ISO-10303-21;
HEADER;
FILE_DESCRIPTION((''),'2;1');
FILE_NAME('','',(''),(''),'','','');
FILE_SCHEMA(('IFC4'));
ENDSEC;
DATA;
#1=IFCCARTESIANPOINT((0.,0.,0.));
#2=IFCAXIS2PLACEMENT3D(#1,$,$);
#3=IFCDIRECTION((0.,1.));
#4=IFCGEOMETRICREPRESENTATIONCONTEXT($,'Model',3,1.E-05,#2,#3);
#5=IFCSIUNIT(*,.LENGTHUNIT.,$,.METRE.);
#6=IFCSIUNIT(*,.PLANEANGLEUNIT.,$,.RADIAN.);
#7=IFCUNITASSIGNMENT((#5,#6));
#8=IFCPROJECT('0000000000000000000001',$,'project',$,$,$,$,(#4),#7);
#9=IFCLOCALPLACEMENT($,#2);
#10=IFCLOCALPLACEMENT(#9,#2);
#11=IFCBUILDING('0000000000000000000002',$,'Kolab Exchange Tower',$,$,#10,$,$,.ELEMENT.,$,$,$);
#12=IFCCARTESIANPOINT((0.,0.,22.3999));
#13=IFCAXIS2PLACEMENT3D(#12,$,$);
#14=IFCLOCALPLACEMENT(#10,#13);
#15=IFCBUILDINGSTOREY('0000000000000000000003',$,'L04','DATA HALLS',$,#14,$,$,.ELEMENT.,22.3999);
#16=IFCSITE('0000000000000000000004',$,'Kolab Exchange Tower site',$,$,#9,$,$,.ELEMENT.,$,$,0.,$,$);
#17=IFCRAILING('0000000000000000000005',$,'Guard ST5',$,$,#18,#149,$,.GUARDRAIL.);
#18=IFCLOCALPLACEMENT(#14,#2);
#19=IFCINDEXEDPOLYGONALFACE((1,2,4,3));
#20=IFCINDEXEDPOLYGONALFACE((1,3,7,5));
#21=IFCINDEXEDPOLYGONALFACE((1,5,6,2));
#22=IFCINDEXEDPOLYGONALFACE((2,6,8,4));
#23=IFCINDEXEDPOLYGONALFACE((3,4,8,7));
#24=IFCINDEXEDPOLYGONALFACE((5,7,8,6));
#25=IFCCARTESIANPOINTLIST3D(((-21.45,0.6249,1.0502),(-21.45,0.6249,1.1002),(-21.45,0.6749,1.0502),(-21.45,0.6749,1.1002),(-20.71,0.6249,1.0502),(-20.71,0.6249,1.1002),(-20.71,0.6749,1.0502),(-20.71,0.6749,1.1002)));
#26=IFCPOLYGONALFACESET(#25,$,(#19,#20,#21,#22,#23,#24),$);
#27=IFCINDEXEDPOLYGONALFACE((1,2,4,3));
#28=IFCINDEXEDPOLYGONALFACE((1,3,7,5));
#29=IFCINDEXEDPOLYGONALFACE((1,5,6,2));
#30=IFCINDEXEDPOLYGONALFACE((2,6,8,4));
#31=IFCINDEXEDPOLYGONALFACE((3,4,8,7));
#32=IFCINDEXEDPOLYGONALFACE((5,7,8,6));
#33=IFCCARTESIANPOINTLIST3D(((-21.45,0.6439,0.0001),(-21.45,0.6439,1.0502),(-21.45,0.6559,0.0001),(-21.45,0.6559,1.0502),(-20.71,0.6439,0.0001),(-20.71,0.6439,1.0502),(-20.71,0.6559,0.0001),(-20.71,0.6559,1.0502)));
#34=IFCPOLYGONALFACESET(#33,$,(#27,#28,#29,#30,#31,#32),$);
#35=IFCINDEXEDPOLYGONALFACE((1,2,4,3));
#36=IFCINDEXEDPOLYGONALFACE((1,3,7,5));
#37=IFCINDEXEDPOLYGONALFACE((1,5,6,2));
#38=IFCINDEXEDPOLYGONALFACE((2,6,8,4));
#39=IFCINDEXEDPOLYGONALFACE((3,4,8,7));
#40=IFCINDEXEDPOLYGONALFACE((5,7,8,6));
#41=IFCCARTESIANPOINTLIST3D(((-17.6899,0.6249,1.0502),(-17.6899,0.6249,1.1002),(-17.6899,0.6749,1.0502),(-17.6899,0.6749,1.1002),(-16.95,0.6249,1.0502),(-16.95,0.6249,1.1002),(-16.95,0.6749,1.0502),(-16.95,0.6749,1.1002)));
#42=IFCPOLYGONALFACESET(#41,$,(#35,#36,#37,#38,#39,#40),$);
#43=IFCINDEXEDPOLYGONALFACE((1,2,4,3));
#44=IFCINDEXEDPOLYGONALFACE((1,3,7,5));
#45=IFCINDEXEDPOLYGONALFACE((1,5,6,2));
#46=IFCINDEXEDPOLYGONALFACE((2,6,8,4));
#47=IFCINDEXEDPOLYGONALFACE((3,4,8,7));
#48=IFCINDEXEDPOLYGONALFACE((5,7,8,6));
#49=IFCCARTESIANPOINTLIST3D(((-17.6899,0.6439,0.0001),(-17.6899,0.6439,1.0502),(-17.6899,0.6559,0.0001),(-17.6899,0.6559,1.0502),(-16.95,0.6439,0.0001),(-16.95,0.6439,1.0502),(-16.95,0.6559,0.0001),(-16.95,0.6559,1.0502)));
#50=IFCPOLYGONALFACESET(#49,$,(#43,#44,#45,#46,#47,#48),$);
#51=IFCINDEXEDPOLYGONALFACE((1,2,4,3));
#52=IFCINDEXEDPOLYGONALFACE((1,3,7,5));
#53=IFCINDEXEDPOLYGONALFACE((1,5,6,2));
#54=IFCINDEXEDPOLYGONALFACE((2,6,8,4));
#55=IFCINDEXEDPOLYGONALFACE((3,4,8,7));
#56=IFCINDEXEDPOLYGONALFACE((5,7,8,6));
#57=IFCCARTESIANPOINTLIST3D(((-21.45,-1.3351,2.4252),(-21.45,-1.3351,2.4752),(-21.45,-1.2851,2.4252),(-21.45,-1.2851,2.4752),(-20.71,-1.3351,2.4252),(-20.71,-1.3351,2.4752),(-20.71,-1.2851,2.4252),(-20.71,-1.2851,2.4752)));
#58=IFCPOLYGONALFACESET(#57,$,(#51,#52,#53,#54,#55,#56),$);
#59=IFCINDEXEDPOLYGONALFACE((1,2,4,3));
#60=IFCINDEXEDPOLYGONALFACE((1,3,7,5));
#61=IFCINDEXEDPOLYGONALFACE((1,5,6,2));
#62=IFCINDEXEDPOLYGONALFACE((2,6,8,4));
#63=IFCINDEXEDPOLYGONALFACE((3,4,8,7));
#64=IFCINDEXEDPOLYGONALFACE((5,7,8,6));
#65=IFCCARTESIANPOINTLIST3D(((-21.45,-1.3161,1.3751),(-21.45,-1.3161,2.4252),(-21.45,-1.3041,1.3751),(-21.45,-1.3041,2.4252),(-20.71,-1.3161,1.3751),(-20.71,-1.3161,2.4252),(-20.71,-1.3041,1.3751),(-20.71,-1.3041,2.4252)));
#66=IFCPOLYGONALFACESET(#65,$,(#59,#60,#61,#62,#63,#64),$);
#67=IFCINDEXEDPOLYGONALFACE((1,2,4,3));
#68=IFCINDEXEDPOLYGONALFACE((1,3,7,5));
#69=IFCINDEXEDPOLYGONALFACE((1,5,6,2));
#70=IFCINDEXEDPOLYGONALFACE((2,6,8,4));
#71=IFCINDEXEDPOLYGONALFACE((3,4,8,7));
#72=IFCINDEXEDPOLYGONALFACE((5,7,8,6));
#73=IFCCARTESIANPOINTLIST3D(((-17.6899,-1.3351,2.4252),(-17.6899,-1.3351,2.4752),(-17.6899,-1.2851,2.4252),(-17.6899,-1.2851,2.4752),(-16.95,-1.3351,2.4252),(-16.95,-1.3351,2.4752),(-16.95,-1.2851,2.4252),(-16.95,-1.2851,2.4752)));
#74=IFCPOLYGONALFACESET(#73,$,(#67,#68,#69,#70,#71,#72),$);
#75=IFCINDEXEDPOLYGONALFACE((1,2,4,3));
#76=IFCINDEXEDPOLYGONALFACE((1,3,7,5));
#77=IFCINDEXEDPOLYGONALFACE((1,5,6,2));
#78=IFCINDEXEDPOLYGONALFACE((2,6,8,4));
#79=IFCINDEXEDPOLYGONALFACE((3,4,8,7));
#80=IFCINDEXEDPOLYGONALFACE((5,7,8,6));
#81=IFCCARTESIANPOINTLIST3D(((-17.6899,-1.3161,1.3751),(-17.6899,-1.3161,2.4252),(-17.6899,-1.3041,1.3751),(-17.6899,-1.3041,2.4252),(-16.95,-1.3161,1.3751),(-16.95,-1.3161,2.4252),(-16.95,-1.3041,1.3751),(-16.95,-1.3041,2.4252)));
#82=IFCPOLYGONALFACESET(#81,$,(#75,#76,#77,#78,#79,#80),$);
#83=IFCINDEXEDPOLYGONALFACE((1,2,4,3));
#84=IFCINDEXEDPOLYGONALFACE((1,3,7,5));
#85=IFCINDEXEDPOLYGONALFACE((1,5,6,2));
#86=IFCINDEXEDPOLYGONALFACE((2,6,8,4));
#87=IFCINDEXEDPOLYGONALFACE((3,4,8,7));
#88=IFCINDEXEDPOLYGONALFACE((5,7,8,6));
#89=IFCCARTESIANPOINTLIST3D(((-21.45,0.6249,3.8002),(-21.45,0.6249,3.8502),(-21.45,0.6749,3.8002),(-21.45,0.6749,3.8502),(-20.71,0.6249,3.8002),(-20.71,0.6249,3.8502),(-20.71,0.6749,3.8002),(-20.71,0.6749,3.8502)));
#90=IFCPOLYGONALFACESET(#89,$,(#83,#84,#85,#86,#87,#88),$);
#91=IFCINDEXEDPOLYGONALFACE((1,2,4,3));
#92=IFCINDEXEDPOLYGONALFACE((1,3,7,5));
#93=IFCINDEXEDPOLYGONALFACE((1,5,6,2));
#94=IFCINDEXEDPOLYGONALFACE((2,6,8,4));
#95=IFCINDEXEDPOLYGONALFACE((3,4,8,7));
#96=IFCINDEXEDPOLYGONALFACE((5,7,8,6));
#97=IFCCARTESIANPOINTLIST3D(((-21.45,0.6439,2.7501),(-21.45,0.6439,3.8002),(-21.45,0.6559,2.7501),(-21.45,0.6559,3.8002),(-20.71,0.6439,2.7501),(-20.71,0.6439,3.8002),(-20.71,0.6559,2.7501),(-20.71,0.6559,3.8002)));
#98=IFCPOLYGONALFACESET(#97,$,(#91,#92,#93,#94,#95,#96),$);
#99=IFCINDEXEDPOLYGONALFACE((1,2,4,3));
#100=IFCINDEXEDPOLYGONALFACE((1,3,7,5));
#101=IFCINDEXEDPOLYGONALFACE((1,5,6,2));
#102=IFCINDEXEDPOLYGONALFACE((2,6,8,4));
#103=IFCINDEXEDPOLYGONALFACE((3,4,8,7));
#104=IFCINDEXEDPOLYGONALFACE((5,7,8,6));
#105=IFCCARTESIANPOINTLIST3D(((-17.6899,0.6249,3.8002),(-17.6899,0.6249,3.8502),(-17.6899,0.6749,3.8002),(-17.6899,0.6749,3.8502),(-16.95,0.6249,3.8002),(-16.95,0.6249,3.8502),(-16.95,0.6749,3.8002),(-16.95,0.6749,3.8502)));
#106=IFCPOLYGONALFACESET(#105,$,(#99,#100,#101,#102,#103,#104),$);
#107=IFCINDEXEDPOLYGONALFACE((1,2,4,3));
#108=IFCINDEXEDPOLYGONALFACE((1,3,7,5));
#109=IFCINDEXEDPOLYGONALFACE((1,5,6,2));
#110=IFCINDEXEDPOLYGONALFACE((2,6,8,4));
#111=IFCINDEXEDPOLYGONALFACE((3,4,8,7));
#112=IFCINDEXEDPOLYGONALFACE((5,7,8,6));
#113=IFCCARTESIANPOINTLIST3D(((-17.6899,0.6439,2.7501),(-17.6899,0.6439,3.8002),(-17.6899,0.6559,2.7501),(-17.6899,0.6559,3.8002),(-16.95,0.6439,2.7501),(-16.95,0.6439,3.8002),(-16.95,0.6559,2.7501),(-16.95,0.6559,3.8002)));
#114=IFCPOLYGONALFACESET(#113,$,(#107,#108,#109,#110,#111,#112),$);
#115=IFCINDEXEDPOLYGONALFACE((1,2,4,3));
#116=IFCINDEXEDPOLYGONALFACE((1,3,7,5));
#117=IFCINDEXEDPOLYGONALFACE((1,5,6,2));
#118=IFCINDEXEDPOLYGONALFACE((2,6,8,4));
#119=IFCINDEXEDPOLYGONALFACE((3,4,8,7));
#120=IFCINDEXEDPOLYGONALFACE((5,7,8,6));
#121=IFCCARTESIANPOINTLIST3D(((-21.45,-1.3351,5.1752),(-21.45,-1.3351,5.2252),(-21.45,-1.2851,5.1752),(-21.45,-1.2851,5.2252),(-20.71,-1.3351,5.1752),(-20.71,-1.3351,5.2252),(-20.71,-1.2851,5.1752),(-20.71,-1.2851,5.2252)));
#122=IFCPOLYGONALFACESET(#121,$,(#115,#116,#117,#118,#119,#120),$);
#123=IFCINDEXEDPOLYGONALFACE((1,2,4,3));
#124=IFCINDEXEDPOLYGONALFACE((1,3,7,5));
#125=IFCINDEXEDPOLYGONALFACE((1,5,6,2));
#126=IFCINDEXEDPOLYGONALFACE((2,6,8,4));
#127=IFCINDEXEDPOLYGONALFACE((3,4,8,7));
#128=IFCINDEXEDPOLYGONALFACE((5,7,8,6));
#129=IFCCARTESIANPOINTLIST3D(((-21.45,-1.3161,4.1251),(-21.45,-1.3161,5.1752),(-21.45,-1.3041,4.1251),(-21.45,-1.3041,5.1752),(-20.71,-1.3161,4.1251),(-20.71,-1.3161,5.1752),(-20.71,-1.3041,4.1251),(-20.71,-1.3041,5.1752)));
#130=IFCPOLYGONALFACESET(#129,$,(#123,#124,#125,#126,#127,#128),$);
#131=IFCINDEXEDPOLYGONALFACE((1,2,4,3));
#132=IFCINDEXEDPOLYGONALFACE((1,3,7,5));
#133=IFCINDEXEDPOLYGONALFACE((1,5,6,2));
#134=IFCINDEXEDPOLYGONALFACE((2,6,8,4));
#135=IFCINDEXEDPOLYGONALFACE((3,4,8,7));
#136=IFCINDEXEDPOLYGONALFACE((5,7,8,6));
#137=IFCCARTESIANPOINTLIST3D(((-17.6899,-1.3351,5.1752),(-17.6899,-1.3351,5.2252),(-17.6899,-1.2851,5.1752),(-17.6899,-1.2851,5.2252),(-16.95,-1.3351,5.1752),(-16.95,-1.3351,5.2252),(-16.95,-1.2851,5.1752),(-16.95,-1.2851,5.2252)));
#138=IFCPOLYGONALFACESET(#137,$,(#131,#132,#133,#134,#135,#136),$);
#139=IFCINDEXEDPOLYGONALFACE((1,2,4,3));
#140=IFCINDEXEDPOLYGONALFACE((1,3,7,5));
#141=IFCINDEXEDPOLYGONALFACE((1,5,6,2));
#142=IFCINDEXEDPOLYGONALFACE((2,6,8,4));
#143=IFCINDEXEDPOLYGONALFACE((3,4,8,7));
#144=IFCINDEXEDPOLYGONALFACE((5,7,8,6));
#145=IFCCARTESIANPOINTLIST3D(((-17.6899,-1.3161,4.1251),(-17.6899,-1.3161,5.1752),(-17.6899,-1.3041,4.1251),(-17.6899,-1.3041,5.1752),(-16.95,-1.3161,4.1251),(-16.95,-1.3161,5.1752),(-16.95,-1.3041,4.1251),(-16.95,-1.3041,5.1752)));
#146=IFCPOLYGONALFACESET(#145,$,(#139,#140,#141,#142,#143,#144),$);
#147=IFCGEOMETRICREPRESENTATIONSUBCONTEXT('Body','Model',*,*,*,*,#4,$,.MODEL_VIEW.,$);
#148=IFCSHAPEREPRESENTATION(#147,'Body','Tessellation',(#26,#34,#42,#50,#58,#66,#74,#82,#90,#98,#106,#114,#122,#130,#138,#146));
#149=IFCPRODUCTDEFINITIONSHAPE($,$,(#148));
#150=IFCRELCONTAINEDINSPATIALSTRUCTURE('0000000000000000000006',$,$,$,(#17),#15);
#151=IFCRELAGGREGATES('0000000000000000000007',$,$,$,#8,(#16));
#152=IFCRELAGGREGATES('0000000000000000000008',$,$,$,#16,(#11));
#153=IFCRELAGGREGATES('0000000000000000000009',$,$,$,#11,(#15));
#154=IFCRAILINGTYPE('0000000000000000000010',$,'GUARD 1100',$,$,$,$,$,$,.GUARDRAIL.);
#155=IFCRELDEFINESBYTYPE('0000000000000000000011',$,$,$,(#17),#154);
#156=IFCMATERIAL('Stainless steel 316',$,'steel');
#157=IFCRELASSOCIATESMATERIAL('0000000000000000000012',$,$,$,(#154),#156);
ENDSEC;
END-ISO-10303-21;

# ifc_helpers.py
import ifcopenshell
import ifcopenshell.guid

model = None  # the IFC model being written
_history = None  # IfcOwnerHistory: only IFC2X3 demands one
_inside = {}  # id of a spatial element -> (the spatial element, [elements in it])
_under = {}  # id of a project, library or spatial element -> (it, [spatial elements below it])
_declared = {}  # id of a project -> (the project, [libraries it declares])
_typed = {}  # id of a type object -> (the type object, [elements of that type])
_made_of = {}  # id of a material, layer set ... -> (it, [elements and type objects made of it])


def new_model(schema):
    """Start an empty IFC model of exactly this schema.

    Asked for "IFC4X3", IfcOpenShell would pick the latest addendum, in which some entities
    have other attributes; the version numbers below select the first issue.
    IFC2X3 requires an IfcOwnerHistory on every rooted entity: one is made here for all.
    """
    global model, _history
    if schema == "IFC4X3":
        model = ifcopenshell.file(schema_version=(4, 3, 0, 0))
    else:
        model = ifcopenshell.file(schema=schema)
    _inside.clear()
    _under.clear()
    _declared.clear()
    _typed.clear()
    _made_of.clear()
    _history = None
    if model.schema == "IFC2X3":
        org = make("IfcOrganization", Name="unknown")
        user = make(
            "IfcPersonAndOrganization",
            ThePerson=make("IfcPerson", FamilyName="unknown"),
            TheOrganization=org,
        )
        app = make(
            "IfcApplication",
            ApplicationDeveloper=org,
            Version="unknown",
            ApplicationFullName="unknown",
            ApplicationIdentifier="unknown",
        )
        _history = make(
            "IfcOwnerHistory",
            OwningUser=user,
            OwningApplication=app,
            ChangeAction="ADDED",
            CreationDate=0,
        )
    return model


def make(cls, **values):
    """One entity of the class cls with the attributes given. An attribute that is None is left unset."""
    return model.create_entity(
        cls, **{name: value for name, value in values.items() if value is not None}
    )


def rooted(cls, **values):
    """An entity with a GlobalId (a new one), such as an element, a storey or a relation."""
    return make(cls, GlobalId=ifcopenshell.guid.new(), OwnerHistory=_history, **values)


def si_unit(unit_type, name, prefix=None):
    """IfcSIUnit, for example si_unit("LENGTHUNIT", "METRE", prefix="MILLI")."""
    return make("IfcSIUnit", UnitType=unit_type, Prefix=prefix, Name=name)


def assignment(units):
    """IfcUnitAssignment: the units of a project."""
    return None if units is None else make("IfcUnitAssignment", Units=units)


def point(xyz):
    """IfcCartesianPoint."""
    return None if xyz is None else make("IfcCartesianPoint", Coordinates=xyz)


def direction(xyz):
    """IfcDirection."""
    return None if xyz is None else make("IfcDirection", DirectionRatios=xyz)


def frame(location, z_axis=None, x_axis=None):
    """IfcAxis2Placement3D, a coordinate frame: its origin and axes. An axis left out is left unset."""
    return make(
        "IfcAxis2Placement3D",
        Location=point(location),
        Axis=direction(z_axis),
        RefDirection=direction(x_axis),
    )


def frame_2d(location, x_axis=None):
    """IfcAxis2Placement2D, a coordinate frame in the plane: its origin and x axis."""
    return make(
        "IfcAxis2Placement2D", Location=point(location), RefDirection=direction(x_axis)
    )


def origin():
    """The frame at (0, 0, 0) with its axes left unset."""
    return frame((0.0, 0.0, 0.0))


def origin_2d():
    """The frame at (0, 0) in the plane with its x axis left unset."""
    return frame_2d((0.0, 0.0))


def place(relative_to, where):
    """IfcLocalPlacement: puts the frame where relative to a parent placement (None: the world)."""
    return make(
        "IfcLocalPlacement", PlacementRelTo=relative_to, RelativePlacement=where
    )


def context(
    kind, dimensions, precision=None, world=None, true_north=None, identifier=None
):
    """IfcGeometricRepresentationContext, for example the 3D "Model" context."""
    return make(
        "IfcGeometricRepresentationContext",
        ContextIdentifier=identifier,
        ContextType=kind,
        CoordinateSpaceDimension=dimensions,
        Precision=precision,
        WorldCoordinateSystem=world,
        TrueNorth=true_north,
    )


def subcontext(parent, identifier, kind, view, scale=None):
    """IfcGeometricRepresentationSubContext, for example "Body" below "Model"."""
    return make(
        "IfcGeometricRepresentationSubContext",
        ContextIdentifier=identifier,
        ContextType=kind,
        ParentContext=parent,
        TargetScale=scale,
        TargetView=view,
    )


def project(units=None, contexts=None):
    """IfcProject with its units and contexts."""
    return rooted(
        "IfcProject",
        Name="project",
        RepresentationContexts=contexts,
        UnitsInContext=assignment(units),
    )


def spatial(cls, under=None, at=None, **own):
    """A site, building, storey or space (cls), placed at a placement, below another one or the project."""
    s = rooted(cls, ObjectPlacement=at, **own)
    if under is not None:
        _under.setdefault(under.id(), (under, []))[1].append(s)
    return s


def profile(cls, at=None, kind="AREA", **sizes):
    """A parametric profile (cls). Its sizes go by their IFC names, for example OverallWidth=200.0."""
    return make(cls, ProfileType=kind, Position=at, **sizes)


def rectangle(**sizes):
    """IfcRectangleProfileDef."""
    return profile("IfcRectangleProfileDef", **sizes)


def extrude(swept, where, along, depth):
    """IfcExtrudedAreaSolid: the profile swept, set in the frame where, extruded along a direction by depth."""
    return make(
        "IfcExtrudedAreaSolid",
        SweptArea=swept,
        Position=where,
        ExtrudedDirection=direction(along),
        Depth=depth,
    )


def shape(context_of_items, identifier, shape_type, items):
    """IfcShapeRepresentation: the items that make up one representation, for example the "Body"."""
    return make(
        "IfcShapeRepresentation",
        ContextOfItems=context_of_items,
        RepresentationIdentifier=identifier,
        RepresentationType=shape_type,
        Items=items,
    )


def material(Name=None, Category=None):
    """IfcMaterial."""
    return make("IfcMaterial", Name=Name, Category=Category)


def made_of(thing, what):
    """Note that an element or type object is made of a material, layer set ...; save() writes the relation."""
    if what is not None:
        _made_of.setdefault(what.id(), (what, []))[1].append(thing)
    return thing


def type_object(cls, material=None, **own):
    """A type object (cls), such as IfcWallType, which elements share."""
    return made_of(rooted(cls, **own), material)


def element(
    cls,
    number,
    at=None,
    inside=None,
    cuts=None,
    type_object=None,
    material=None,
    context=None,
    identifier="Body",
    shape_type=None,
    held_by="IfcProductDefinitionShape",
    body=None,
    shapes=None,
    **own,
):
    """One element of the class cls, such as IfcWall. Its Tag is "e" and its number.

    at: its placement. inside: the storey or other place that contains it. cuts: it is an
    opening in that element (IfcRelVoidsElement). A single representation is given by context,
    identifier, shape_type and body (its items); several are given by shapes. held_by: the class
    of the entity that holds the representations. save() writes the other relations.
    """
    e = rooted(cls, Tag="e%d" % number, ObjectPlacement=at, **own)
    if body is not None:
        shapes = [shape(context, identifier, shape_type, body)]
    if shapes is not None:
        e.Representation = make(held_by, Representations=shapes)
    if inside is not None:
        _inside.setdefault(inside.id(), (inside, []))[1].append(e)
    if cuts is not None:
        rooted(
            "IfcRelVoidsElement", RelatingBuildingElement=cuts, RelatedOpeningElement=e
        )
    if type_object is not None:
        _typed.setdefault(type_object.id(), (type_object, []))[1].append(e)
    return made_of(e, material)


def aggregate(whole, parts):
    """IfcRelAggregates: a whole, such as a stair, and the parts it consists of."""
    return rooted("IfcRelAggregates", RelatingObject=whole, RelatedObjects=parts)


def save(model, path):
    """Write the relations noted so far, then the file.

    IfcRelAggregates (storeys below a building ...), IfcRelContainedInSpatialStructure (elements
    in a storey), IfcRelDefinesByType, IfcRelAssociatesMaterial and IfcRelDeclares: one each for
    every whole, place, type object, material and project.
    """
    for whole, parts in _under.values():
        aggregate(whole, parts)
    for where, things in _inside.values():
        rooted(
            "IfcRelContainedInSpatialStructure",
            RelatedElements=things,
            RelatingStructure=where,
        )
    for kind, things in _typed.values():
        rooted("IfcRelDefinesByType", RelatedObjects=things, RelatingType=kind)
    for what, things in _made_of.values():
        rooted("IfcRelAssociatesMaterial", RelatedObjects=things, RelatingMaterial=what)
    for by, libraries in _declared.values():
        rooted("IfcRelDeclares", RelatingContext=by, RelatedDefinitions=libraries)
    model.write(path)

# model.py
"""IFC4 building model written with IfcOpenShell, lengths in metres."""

from ifc_helpers import new_model, si_unit, direction, frame, frame_2d, origin, origin_2d, place, context, subcontext, project, spatial, rectangle, extrude, material, type_object, element, save


model = new_model("IFC4")

# Units and contexts
model_context = context("Model", 3, precision=1e-05, world=origin(), true_north=direction((0.0, 1.0)))
body_context = subcontext(model_context, "Body", "Model", "MODEL_VIEW")
ifc_project = project(units=[si_unit("LENGTHUNIT", "METRE"), si_unit("PLANEANGLEUNIT", "RADIAN")], contexts=[model_context])

# Site, building, storey
site_placement = place(None, origin())
site = spatial("IfcSite", under=ifc_project, at=site_placement, Name="Kolab Exchange Tower site", CompositionType="ELEMENT", RefElevation=0.0)
building_placement = place(site_placement, origin())
building = spatial("IfcBuilding", under=site, at=building_placement, Name="Kolab Exchange Tower", CompositionType="ELEMENT")
storey_placement = place(building_placement, frame((0.0, 0.0, 22.3999)))
storey = spatial("IfcBuildingStorey", under=building, at=storey_placement, Name="L04", Description="DATA HALLS", CompositionType="ELEMENT", Elevation=22.3999)

# Railing
ifc_material_1 = material(Name="Stainless steel 316", Category="steel")
railing_type = type_object("IfcRailingType", Name="GUARD 1100", PredefinedType="GUARDRAIL", material=ifc_material_1)
railing_placement = place(storey_placement, frame((-21.45, 0.6499, 0.0)))
element("IfcRailing", 1, at=railing_placement, inside=storey, type_object=railing_type, Name="Guard ST5", PredefinedType="GUARDRAIL", context=body_context, shape_type="SweptSolid", body=[
    extrude(rectangle(XDim=0.05, YDim=0.05, at=origin_2d()), frame((0.0, 0.0, 1.0752), z_axis=(1.0, 0.0, 0.0), x_axis=(0.0, 1.0, 0.0)), (0.0, 0.0, 1.0), 0.74),
    extrude(rectangle(XDim=0.012, YDim=1.0501, at=frame_2d((0.0, 0.5251))), frame((0.0, 0.0, 0.0), z_axis=(1.0, 0.0, 0.0), x_axis=(0.0, 1.0, 0.0)), (0.0, 0.0, 1.0), 0.74),
    extrude(rectangle(XDim=0.05, YDim=0.05, at=origin_2d()), frame((3.76, 0.0, 1.0752), z_axis=(1.0, 0.0, 0.0), x_axis=(0.0, 1.0, 0.0)), (0.0, 0.0, 1.0), 0.74),
    extrude(rectangle(XDim=0.012, YDim=1.0501, at=frame_2d((0.0, 0.5251))), frame((3.76, 0.0, 0.0), z_axis=(1.0, 0.0, 0.0), x_axis=(0.0, 1.0, 0.0)), (0.0, 0.0, 1.0), 0.74),
    extrude(rectangle(XDim=0.05, YDim=0.05, at=origin_2d()), frame((0.0, -1.96, 2.4502), z_axis=(1.0, 0.0, 0.0), x_axis=(0.0, 1.0, 0.0)), (0.0, 0.0, 1.0), 0.74),
    extrude(rectangle(XDim=0.012, YDim=1.0501, at=frame_2d((0.0, 0.5251))), frame((0.0, -1.96, 1.375), z_axis=(1.0, 0.0, 0.0), x_axis=(0.0, 1.0, 0.0)), (0.0, 0.0, 1.0), 0.74),
    extrude(rectangle(XDim=0.05, YDim=0.05, at=origin_2d()), frame((3.76, -1.96, 2.4502), z_axis=(1.0, 0.0, 0.0), x_axis=(0.0, 1.0, 0.0)), (0.0, 0.0, 1.0), 0.74),
    extrude(rectangle(XDim=0.012, YDim=1.0501, at=frame_2d((0.0, 0.5251))), frame((3.76, -1.96, 1.375), z_axis=(1.0, 0.0, 0.0), x_axis=(0.0, 1.0, 0.0)), (0.0, 0.0, 1.0), 0.74),
    extrude(rectangle(XDim=0.05, YDim=0.05, at=origin_2d()), frame((0.0, 0.0, 3.8252), z_axis=(1.0, 0.0, 0.0), x_axis=(0.0, 1.0, 0.0)), (0.0, 0.0, 1.0), 0.74),
    extrude(rectangle(XDim=0.012, YDim=1.0501, at=frame_2d((0.0, 0.5251))), frame((0.0, 0.0, 2.75), z_axis=(1.0, 0.0, 0.0), x_axis=(0.0, 1.0, 0.0)), (0.0, 0.0, 1.0), 0.74),
    extrude(rectangle(XDim=0.05, YDim=0.05, at=origin_2d()), frame((3.76, 0.0, 3.8252), z_axis=(1.0, 0.0, 0.0), x_axis=(0.0, 1.0, 0.0)), (0.0, 0.0, 1.0), 0.74),
    extrude(rectangle(XDim=0.012, YDim=1.0501, at=frame_2d((0.0, 0.5251))), frame((3.76, 0.0, 2.75), z_axis=(1.0, 0.0, 0.0), x_axis=(0.0, 1.0, 0.0)), (0.0, 0.0, 1.0), 0.74),
    extrude(rectangle(XDim=0.05, YDim=0.05, at=origin_2d()), frame((0.0, -1.96, 5.2002), z_axis=(1.0, 0.0, 0.0), x_axis=(0.0, 1.0, 0.0)), (0.0, 0.0, 1.0), 0.74),
    extrude(rectangle(XDim=0.012, YDim=1.0501, at=frame_2d((0.0, 0.5251))), frame((0.0, -1.96, 4.125), z_axis=(1.0, 0.0, 0.0), x_axis=(0.0, 1.0, 0.0)), (0.0, 0.0, 1.0), 0.74),
    extrude(rectangle(XDim=0.05, YDim=0.05, at=origin_2d()), frame((3.76, -1.96, 5.2002), z_axis=(1.0, 0.0, 0.0), x_axis=(0.0, 1.0, 0.0)), (0.0, 0.0, 1.0), 0.74),
    extrude(rectangle(XDim=0.012, YDim=1.0501, at=frame_2d((0.0, 0.5251))), frame((3.76, -1.96, 4.125), z_axis=(1.0, 0.0, 0.0), x_axis=(0.0, 1.0, 0.0)), (0.0, 0.0, 1.0), 0.74),
])

save(model, "model.ifc")
